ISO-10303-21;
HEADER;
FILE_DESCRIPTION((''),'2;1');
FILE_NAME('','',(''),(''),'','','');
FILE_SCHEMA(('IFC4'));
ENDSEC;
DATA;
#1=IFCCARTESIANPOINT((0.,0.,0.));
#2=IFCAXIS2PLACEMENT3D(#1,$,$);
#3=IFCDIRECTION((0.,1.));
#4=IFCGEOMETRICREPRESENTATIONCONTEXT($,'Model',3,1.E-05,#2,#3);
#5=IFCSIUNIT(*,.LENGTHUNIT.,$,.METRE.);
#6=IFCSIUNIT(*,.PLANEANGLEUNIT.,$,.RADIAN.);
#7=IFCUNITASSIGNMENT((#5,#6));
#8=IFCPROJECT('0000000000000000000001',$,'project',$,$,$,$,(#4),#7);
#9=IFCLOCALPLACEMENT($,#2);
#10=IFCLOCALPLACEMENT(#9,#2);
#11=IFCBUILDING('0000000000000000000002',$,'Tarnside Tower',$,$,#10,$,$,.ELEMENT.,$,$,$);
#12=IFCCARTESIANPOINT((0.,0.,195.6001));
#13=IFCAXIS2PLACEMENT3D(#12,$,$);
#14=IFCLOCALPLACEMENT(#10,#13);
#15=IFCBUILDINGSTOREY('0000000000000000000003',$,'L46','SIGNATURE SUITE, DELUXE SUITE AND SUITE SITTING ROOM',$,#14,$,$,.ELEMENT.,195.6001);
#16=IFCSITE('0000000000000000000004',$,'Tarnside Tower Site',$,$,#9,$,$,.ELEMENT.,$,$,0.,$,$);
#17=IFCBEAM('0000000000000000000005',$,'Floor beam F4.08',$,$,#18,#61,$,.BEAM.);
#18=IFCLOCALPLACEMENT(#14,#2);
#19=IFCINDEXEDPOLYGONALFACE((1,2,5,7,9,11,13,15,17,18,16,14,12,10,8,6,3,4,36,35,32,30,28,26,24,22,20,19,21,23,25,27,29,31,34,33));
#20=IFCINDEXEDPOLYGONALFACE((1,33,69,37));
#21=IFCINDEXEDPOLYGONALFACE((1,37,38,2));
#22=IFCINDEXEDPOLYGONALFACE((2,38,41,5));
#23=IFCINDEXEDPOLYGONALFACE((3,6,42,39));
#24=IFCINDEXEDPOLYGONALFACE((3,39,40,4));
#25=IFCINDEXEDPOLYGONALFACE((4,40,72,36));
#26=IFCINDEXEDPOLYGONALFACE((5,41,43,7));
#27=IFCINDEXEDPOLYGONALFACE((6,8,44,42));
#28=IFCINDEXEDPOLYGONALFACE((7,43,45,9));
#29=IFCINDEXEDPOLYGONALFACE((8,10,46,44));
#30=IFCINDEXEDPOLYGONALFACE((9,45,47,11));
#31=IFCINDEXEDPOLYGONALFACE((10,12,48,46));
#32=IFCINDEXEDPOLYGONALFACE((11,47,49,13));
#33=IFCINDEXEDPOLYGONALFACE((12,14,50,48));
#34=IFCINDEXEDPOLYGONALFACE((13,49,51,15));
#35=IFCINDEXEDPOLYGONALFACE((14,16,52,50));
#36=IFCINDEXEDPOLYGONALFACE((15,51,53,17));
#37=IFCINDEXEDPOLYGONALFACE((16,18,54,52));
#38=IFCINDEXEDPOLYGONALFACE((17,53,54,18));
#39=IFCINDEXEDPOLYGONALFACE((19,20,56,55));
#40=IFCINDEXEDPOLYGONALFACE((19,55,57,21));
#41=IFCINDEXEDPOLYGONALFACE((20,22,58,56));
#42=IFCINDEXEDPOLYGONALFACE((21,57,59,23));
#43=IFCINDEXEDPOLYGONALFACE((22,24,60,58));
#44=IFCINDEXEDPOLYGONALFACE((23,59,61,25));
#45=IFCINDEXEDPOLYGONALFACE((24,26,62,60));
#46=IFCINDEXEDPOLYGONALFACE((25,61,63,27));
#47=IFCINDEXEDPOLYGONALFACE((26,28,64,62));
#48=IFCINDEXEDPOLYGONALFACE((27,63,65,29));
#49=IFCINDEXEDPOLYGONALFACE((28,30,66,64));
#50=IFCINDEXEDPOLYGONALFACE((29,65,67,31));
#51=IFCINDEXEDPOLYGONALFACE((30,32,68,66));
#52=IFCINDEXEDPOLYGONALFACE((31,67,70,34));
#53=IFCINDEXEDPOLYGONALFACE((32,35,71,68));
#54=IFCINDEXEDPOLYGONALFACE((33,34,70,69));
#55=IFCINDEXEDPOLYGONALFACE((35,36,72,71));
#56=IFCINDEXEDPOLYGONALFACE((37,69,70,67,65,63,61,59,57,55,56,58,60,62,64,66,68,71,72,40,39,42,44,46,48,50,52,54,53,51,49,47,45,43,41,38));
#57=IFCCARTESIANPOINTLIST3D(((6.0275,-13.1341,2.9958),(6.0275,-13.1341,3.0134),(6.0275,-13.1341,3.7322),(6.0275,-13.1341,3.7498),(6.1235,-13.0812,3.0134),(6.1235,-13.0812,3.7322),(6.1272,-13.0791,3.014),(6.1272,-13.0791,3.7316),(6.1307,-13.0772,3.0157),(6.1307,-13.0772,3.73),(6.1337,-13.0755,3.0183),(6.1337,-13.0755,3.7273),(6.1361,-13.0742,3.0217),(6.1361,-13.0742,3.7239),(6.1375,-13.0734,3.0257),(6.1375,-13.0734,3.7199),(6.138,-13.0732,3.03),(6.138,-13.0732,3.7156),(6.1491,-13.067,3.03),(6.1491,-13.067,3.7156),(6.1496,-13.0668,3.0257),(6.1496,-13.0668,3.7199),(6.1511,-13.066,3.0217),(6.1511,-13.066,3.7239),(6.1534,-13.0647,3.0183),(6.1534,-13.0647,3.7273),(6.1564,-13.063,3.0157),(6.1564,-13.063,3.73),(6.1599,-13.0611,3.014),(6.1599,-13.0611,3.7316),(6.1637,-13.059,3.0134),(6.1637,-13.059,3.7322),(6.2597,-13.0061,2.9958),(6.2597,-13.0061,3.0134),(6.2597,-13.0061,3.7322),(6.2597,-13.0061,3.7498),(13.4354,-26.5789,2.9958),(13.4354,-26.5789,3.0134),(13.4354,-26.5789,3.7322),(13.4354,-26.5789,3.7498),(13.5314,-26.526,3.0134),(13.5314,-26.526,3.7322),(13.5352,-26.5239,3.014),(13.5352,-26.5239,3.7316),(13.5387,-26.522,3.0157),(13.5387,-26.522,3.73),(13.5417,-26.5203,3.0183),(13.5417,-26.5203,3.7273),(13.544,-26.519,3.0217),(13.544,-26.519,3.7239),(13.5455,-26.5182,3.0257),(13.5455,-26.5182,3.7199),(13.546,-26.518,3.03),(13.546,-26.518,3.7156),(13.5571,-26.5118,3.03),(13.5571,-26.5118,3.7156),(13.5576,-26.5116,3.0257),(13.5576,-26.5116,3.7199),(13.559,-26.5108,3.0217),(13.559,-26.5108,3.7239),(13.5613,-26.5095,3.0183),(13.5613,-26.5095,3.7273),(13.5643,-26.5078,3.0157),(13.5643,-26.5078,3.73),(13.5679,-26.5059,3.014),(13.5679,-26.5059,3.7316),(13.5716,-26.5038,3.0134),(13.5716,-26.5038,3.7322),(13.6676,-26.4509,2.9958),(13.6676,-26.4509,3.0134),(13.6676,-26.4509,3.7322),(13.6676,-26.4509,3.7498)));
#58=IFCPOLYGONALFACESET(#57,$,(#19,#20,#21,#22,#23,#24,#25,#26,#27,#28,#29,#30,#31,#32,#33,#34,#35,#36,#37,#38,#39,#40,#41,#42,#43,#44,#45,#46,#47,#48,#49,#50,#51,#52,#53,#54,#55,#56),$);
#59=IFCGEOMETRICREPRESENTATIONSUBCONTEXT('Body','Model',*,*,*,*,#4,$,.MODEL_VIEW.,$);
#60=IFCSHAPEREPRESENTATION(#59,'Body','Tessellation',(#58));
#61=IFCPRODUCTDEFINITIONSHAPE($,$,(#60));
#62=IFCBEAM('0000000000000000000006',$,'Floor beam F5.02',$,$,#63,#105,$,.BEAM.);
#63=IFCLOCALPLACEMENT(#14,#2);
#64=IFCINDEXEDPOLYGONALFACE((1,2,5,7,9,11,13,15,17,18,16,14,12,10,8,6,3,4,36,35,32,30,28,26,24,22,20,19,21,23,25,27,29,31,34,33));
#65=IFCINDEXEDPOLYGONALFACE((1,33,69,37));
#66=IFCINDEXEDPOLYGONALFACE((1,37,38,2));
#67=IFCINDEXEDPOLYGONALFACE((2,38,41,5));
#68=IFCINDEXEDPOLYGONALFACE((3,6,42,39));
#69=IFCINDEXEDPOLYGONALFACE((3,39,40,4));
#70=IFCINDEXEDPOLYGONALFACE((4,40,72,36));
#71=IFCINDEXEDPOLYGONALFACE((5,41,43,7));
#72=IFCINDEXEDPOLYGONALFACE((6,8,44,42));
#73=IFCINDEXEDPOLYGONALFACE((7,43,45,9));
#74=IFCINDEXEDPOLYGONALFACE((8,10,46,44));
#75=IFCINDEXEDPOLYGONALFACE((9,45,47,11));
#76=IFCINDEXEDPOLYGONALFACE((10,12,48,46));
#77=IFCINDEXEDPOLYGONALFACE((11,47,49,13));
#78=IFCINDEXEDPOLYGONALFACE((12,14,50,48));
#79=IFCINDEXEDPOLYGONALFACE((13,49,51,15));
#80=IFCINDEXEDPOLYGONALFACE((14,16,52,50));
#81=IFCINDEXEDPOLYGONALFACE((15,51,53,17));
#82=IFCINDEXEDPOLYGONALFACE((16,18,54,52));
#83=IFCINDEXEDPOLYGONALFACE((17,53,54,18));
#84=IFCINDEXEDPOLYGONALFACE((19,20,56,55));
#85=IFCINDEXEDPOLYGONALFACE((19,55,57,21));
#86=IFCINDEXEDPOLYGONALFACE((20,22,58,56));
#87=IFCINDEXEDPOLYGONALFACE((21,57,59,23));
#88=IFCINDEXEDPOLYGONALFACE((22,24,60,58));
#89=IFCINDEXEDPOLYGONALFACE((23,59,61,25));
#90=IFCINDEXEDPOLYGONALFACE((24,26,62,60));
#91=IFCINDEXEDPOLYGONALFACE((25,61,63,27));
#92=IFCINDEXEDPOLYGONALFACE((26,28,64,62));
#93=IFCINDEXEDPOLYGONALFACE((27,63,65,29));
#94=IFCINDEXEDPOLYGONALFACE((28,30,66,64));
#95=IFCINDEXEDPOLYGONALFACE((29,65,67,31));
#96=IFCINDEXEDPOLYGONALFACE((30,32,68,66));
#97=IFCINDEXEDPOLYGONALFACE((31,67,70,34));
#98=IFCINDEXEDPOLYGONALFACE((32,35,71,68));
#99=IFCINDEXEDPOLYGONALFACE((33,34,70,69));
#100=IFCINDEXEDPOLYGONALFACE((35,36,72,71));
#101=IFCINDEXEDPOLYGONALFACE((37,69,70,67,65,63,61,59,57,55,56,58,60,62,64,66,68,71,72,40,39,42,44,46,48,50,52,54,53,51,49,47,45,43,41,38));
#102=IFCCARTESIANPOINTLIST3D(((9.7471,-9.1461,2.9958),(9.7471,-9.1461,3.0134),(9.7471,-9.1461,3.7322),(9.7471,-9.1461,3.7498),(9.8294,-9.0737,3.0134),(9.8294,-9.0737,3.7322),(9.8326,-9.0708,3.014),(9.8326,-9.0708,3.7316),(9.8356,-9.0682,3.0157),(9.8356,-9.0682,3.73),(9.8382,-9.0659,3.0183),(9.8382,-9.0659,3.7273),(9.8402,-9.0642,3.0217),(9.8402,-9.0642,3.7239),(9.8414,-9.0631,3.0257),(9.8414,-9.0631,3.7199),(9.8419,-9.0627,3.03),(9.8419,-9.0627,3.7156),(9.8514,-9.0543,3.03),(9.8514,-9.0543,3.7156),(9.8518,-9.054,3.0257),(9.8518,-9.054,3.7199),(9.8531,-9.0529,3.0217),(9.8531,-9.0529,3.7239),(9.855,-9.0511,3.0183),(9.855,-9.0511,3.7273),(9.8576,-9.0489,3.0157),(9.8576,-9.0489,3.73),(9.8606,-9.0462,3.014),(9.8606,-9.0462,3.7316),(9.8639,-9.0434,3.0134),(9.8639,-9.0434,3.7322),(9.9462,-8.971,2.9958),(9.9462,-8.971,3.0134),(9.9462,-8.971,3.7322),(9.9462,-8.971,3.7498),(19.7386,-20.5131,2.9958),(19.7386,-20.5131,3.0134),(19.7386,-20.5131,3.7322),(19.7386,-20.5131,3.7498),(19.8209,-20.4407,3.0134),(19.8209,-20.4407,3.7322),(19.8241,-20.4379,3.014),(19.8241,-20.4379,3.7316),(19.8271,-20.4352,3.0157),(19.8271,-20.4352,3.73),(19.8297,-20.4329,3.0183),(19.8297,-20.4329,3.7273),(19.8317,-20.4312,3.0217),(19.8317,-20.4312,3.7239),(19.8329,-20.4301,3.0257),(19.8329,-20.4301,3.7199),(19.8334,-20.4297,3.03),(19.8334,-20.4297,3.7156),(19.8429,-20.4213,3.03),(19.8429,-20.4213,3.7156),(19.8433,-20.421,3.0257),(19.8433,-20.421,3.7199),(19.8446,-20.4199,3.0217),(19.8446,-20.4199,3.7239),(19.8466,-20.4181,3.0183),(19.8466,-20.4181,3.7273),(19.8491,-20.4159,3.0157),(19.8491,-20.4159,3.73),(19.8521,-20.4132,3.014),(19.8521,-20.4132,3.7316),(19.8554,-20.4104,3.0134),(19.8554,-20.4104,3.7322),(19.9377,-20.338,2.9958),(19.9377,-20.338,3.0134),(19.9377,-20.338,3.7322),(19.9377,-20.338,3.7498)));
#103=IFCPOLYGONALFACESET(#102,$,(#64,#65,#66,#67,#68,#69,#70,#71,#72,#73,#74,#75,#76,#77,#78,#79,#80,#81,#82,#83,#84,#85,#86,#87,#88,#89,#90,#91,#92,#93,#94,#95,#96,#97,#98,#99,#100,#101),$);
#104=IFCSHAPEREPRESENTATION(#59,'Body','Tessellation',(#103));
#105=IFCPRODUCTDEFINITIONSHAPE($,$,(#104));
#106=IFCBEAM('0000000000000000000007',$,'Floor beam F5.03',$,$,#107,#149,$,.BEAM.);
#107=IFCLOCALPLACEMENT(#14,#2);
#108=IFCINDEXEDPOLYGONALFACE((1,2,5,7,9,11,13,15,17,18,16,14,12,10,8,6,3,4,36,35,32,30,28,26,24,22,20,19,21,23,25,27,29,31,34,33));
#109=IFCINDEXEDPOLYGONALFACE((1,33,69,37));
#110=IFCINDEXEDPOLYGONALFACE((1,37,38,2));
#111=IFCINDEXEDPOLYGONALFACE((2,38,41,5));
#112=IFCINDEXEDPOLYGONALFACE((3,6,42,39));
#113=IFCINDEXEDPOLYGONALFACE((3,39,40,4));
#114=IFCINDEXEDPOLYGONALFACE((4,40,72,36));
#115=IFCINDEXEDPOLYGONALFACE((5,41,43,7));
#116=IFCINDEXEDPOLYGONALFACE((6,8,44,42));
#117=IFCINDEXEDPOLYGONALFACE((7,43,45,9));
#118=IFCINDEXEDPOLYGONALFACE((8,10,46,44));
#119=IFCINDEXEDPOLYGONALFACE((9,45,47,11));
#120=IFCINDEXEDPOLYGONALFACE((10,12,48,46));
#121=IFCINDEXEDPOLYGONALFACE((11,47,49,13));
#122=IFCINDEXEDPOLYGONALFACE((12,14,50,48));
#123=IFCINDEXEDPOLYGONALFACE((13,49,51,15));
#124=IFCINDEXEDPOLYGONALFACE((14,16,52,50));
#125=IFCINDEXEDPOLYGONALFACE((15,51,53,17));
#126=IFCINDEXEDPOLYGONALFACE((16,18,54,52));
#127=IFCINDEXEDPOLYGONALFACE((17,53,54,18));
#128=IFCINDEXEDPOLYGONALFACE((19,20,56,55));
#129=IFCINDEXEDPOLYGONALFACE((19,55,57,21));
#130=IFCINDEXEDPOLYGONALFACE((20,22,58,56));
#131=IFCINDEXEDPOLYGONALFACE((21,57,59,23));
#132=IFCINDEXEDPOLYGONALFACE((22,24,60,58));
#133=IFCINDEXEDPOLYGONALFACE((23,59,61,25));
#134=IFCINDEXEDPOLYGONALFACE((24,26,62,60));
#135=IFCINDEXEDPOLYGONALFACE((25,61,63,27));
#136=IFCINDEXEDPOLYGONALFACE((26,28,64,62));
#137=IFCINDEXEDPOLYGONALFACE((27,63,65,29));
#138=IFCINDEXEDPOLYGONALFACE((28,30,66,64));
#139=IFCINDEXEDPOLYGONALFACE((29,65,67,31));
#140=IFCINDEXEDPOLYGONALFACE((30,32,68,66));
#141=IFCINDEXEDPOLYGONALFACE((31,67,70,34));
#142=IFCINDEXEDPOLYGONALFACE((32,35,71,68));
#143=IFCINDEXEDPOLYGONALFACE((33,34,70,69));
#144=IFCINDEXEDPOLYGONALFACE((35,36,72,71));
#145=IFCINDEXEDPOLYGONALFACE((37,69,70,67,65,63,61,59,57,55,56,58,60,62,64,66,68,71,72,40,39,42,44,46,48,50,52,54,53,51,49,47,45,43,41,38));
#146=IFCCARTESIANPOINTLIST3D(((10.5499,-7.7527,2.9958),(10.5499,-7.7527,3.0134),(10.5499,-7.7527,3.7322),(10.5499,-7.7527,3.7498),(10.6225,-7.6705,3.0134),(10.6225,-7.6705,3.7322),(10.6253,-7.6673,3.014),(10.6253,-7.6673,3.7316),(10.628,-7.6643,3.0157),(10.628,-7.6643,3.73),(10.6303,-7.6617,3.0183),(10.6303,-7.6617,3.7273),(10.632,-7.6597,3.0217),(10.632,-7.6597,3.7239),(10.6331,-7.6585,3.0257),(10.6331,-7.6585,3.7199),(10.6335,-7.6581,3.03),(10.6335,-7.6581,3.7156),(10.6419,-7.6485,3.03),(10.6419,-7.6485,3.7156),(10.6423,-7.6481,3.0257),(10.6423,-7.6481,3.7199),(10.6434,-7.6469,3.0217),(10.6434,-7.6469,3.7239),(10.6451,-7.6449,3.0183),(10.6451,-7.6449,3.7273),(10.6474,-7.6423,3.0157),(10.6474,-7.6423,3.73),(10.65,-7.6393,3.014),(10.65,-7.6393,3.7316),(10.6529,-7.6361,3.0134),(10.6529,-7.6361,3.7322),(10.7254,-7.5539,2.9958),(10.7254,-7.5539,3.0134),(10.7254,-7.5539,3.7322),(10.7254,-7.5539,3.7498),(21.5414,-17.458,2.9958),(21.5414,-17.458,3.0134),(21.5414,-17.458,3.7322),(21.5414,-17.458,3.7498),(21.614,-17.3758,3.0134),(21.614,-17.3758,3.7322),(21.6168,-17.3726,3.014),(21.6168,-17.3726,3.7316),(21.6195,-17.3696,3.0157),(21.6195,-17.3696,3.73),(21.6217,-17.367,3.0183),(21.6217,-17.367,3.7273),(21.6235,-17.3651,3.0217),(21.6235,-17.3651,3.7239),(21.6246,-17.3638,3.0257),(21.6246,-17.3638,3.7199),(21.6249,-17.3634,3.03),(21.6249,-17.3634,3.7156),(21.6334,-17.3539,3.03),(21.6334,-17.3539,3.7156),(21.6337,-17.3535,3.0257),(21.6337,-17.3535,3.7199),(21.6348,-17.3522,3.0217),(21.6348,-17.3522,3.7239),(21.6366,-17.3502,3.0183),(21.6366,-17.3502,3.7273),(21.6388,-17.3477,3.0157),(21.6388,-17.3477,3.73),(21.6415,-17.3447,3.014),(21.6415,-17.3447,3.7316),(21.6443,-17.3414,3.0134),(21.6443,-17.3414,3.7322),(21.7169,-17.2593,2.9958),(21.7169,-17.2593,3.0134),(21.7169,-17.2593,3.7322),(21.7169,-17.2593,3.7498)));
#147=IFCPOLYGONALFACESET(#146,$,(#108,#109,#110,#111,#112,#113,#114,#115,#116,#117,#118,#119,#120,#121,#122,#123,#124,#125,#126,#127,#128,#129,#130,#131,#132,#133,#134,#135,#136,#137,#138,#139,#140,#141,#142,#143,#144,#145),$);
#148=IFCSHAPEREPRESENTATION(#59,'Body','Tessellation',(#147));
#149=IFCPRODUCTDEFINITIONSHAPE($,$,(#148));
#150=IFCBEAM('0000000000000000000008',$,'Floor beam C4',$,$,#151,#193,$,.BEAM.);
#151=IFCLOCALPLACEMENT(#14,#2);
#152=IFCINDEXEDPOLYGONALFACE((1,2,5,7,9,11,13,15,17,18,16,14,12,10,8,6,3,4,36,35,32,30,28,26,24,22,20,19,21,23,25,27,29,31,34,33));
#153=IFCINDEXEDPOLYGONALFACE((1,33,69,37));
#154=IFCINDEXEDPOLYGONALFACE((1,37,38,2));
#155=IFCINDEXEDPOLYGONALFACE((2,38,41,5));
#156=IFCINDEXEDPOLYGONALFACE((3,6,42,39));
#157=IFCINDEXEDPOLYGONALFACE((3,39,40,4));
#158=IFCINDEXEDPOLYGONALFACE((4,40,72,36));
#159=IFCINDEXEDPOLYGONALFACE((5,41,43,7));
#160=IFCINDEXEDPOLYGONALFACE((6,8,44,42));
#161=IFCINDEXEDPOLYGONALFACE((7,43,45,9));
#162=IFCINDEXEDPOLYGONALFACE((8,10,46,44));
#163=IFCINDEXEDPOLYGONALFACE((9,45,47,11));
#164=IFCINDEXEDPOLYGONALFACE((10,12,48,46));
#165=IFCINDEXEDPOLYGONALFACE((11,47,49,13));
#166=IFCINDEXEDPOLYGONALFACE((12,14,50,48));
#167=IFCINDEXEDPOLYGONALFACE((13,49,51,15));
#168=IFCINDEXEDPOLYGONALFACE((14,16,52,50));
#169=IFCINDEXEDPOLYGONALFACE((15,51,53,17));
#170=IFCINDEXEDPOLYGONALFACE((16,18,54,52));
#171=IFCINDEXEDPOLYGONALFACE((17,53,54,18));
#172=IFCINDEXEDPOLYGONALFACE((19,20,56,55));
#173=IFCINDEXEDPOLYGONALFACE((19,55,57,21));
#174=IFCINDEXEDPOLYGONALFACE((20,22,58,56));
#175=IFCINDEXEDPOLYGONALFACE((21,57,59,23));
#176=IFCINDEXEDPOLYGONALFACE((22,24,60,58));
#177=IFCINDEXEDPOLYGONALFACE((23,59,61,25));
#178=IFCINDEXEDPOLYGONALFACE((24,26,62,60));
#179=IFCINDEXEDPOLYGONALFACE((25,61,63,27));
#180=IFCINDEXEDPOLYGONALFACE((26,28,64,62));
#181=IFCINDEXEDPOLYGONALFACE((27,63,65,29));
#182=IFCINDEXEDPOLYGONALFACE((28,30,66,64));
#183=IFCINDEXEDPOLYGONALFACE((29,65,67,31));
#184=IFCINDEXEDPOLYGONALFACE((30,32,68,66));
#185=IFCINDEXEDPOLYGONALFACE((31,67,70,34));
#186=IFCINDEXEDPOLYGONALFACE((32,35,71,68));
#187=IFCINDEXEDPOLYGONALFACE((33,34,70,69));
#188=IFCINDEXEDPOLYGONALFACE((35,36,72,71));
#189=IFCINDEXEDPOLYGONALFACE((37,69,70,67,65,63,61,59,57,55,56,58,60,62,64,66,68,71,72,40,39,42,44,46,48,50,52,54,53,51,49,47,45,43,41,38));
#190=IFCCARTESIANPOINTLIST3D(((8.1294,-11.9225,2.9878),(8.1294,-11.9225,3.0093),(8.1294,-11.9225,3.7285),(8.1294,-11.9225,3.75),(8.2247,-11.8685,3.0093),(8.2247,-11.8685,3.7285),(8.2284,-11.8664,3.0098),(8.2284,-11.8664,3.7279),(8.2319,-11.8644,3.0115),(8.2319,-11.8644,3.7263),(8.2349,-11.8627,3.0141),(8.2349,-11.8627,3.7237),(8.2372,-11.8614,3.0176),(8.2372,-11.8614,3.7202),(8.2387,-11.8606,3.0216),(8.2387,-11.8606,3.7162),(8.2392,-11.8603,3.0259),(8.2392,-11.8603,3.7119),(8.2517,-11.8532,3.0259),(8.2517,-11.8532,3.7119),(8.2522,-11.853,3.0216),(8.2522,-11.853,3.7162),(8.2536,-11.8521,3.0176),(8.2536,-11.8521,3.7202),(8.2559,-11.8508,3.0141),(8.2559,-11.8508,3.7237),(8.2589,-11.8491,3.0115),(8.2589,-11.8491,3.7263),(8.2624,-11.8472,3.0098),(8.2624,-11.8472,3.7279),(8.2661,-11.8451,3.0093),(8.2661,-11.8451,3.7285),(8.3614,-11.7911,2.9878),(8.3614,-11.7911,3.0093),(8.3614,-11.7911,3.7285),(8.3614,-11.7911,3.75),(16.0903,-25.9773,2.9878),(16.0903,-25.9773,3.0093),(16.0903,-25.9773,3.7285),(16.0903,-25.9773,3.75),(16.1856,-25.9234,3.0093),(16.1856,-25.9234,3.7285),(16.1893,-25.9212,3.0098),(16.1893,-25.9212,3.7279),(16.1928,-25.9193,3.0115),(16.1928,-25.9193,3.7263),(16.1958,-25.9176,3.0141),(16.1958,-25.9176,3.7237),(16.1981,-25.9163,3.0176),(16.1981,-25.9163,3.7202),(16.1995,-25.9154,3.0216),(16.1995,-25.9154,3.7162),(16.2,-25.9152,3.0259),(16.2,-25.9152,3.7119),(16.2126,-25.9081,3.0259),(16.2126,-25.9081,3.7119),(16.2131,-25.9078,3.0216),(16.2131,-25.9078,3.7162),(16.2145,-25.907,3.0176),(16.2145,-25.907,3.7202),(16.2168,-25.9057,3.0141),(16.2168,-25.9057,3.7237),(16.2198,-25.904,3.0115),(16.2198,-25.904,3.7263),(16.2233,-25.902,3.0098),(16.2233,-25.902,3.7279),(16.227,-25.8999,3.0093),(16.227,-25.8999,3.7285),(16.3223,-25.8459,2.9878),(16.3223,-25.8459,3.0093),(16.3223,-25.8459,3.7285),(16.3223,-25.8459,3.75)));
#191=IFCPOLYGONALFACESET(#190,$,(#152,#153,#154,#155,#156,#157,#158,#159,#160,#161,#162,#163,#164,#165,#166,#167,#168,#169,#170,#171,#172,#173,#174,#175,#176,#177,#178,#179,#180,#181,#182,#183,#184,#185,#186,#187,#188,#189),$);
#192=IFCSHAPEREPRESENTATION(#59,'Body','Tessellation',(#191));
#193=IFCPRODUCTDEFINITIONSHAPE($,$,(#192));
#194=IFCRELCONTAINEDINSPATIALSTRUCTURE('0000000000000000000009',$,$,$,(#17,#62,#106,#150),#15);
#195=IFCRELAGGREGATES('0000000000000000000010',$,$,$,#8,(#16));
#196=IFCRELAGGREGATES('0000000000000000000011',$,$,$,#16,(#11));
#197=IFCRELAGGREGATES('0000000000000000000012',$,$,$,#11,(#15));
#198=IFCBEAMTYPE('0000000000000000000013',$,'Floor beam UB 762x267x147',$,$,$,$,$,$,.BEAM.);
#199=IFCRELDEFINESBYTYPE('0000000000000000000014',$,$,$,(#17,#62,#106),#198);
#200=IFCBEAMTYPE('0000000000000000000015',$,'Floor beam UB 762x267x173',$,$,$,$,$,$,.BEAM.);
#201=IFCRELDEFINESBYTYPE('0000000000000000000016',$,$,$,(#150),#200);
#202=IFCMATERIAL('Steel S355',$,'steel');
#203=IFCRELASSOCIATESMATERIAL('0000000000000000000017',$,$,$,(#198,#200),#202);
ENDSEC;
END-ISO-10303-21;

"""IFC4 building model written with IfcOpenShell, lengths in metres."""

from ifc_helpers import new_model, si_unit, direction, frame, origin, origin_2d, place, context, subcontext, project, spatial, i_section, extrude, material, material_profile, profile_set, type_object, element, save


model = new_model("IFC4")

# Units and contexts
model_context = context("Model", 3, precision=1e-05, world=origin(), true_north=direction((0.0, 1.0)))
body_context = subcontext(model_context, "Body", "Model", "MODEL_VIEW")
ifc_project = project(units=[si_unit("LENGTHUNIT", "METRE"), si_unit("PLANEANGLEUNIT", "RADIAN")], contexts=[model_context])

# Site, building, storey
site_placement = place(None, origin())
site = spatial("IfcSite", under=ifc_project, at=site_placement, Name="Tarnside Tower Site", CompositionType="ELEMENT", RefElevation=0.0)
building_placement = place(site_placement, origin())
building = spatial("IfcBuilding", under=site, at=building_placement, Name="Tarnside Tower", CompositionType="ELEMENT")
storey_placement = place(building_placement, frame((0.0, 0.0, 195.6001)))
storey = spatial("IfcBuildingStorey", under=building, at=storey_placement, Name="L46", Description="SIGNATURE SUITE, DELUXE SUITE AND SUITE SITTING ROOM", CompositionType="ELEMENT", Elevation=195.6001)

# Beams
ifc_material_1 = material(Name="Steel S355", Category="steel")
ifc_material_profile_1 = material_profile(ifc_material_1, i_section(OverallWidth=0.2651, OverallDepth=0.7539, WebThickness=0.0127, FlangeThickness=0.0176, FilletRadius=0.0166, at=origin_2d()), Name="UB 762x267x147")
ifc_profile_set_1 = profile_set([ifc_material_profile_1], Name="Steel S355")
beam_type_1 = type_object("IfcBeamType", Name="Floor beam UB 762x267x147", PredefinedType="BEAM", material=ifc_profile_set_1)
beam_1_placement = place(storey_placement, frame((13.5515, -26.5149, 3.3728), z_axis=(-0.482584, 0.87585, 0.0), x_axis=(-0.87585, -0.482584, 0.0)))
element("IfcBeam", 1, at=beam_1_placement, inside=storey, type_object=beam_type_1, Name="Floor beam F4.08", PredefinedType="BEAM", context=body_context, shape_type="SweptSolid", body=[
    extrude(i_section(OverallWidth=0.2651, OverallDepth=0.7539, WebThickness=0.0127, FlangeThickness=0.0176, FilletRadius=0.0166, at=origin_2d()), origin(), (0.0, 0.0, 1.0), 15.3506),
])
beam_2_placement = place(storey_placement, frame((19.8381, -20.4255, 3.3728), z_axis=(-0.660201, 0.751089, 0.0), x_axis=(-0.751089, -0.660201, 0.0)))
element("IfcBeam", 2, at=beam_2_placement, inside=storey, type_object=beam_type_1, Name="Floor beam F5.02", PredefinedType="BEAM", context=body_context, shape_type="SweptSolid", body=[
    extrude(i_section(OverallWidth=0.2651, OverallDepth=0.7539, WebThickness=0.0127, FlangeThickness=0.0176, FilletRadius=0.0166, at=origin_2d()), origin(), (0.0, 0.0, 1.0), 15.134),
])
beam_3_placement = place(storey_placement, frame((21.6292, -17.3586, 3.3728), z_axis=(-0.749602, 0.661889, 0.0), x_axis=(-0.661889, -0.749602, 0.0)))
element("IfcBeam", 3, at=beam_3_placement, inside=storey, type_object=beam_type_1, Name="Floor beam F5.03", PredefinedType="BEAM", context=body_context, shape_type="SweptSolid", body=[
    extrude(i_section(OverallWidth=0.2651, OverallDepth=0.7539, WebThickness=0.0127, FlangeThickness=0.0176, FilletRadius=0.0166, at=origin_2d()), origin(), (0.0, 0.0, 1.0), 14.6631),
])
ifc_material_profile_2 = material_profile(ifc_material_1, i_section(OverallWidth=0.2666, OverallDepth=0.7622, WebThickness=0.0144, FlangeThickness=0.0215, FilletRadius=0.0166, at=origin_2d()), Name="UB 762x267x173")
ifc_profile_set_2 = profile_set([ifc_material_profile_2], Name="Steel S355")
beam_type_2 = type_object("IfcBeamType", Name="Floor beam UB 762x267x173", PredefinedType="BEAM", material=ifc_profile_set_2)
beam_4_placement = place(storey_placement, frame((16.2063, -25.9116, 3.3689), z_axis=(-0.492847, 0.870116, 0.0), x_axis=(-0.870116, -0.492847, 0.0)))
element("IfcBeam", 4, at=beam_4_placement, inside=storey, type_object=beam_type_2, Name="Floor beam C4", PredefinedType="BEAM", context=body_context, shape_type="SweptSolid", body=[
    extrude(i_section(OverallWidth=0.2666, OverallDepth=0.7622, WebThickness=0.0144, FlangeThickness=0.0215, FilletRadius=0.0166, at=origin_2d()), origin(), (0.0, 0.0, 1.0), 16.1528),
])

save(model, "model.ifc")
